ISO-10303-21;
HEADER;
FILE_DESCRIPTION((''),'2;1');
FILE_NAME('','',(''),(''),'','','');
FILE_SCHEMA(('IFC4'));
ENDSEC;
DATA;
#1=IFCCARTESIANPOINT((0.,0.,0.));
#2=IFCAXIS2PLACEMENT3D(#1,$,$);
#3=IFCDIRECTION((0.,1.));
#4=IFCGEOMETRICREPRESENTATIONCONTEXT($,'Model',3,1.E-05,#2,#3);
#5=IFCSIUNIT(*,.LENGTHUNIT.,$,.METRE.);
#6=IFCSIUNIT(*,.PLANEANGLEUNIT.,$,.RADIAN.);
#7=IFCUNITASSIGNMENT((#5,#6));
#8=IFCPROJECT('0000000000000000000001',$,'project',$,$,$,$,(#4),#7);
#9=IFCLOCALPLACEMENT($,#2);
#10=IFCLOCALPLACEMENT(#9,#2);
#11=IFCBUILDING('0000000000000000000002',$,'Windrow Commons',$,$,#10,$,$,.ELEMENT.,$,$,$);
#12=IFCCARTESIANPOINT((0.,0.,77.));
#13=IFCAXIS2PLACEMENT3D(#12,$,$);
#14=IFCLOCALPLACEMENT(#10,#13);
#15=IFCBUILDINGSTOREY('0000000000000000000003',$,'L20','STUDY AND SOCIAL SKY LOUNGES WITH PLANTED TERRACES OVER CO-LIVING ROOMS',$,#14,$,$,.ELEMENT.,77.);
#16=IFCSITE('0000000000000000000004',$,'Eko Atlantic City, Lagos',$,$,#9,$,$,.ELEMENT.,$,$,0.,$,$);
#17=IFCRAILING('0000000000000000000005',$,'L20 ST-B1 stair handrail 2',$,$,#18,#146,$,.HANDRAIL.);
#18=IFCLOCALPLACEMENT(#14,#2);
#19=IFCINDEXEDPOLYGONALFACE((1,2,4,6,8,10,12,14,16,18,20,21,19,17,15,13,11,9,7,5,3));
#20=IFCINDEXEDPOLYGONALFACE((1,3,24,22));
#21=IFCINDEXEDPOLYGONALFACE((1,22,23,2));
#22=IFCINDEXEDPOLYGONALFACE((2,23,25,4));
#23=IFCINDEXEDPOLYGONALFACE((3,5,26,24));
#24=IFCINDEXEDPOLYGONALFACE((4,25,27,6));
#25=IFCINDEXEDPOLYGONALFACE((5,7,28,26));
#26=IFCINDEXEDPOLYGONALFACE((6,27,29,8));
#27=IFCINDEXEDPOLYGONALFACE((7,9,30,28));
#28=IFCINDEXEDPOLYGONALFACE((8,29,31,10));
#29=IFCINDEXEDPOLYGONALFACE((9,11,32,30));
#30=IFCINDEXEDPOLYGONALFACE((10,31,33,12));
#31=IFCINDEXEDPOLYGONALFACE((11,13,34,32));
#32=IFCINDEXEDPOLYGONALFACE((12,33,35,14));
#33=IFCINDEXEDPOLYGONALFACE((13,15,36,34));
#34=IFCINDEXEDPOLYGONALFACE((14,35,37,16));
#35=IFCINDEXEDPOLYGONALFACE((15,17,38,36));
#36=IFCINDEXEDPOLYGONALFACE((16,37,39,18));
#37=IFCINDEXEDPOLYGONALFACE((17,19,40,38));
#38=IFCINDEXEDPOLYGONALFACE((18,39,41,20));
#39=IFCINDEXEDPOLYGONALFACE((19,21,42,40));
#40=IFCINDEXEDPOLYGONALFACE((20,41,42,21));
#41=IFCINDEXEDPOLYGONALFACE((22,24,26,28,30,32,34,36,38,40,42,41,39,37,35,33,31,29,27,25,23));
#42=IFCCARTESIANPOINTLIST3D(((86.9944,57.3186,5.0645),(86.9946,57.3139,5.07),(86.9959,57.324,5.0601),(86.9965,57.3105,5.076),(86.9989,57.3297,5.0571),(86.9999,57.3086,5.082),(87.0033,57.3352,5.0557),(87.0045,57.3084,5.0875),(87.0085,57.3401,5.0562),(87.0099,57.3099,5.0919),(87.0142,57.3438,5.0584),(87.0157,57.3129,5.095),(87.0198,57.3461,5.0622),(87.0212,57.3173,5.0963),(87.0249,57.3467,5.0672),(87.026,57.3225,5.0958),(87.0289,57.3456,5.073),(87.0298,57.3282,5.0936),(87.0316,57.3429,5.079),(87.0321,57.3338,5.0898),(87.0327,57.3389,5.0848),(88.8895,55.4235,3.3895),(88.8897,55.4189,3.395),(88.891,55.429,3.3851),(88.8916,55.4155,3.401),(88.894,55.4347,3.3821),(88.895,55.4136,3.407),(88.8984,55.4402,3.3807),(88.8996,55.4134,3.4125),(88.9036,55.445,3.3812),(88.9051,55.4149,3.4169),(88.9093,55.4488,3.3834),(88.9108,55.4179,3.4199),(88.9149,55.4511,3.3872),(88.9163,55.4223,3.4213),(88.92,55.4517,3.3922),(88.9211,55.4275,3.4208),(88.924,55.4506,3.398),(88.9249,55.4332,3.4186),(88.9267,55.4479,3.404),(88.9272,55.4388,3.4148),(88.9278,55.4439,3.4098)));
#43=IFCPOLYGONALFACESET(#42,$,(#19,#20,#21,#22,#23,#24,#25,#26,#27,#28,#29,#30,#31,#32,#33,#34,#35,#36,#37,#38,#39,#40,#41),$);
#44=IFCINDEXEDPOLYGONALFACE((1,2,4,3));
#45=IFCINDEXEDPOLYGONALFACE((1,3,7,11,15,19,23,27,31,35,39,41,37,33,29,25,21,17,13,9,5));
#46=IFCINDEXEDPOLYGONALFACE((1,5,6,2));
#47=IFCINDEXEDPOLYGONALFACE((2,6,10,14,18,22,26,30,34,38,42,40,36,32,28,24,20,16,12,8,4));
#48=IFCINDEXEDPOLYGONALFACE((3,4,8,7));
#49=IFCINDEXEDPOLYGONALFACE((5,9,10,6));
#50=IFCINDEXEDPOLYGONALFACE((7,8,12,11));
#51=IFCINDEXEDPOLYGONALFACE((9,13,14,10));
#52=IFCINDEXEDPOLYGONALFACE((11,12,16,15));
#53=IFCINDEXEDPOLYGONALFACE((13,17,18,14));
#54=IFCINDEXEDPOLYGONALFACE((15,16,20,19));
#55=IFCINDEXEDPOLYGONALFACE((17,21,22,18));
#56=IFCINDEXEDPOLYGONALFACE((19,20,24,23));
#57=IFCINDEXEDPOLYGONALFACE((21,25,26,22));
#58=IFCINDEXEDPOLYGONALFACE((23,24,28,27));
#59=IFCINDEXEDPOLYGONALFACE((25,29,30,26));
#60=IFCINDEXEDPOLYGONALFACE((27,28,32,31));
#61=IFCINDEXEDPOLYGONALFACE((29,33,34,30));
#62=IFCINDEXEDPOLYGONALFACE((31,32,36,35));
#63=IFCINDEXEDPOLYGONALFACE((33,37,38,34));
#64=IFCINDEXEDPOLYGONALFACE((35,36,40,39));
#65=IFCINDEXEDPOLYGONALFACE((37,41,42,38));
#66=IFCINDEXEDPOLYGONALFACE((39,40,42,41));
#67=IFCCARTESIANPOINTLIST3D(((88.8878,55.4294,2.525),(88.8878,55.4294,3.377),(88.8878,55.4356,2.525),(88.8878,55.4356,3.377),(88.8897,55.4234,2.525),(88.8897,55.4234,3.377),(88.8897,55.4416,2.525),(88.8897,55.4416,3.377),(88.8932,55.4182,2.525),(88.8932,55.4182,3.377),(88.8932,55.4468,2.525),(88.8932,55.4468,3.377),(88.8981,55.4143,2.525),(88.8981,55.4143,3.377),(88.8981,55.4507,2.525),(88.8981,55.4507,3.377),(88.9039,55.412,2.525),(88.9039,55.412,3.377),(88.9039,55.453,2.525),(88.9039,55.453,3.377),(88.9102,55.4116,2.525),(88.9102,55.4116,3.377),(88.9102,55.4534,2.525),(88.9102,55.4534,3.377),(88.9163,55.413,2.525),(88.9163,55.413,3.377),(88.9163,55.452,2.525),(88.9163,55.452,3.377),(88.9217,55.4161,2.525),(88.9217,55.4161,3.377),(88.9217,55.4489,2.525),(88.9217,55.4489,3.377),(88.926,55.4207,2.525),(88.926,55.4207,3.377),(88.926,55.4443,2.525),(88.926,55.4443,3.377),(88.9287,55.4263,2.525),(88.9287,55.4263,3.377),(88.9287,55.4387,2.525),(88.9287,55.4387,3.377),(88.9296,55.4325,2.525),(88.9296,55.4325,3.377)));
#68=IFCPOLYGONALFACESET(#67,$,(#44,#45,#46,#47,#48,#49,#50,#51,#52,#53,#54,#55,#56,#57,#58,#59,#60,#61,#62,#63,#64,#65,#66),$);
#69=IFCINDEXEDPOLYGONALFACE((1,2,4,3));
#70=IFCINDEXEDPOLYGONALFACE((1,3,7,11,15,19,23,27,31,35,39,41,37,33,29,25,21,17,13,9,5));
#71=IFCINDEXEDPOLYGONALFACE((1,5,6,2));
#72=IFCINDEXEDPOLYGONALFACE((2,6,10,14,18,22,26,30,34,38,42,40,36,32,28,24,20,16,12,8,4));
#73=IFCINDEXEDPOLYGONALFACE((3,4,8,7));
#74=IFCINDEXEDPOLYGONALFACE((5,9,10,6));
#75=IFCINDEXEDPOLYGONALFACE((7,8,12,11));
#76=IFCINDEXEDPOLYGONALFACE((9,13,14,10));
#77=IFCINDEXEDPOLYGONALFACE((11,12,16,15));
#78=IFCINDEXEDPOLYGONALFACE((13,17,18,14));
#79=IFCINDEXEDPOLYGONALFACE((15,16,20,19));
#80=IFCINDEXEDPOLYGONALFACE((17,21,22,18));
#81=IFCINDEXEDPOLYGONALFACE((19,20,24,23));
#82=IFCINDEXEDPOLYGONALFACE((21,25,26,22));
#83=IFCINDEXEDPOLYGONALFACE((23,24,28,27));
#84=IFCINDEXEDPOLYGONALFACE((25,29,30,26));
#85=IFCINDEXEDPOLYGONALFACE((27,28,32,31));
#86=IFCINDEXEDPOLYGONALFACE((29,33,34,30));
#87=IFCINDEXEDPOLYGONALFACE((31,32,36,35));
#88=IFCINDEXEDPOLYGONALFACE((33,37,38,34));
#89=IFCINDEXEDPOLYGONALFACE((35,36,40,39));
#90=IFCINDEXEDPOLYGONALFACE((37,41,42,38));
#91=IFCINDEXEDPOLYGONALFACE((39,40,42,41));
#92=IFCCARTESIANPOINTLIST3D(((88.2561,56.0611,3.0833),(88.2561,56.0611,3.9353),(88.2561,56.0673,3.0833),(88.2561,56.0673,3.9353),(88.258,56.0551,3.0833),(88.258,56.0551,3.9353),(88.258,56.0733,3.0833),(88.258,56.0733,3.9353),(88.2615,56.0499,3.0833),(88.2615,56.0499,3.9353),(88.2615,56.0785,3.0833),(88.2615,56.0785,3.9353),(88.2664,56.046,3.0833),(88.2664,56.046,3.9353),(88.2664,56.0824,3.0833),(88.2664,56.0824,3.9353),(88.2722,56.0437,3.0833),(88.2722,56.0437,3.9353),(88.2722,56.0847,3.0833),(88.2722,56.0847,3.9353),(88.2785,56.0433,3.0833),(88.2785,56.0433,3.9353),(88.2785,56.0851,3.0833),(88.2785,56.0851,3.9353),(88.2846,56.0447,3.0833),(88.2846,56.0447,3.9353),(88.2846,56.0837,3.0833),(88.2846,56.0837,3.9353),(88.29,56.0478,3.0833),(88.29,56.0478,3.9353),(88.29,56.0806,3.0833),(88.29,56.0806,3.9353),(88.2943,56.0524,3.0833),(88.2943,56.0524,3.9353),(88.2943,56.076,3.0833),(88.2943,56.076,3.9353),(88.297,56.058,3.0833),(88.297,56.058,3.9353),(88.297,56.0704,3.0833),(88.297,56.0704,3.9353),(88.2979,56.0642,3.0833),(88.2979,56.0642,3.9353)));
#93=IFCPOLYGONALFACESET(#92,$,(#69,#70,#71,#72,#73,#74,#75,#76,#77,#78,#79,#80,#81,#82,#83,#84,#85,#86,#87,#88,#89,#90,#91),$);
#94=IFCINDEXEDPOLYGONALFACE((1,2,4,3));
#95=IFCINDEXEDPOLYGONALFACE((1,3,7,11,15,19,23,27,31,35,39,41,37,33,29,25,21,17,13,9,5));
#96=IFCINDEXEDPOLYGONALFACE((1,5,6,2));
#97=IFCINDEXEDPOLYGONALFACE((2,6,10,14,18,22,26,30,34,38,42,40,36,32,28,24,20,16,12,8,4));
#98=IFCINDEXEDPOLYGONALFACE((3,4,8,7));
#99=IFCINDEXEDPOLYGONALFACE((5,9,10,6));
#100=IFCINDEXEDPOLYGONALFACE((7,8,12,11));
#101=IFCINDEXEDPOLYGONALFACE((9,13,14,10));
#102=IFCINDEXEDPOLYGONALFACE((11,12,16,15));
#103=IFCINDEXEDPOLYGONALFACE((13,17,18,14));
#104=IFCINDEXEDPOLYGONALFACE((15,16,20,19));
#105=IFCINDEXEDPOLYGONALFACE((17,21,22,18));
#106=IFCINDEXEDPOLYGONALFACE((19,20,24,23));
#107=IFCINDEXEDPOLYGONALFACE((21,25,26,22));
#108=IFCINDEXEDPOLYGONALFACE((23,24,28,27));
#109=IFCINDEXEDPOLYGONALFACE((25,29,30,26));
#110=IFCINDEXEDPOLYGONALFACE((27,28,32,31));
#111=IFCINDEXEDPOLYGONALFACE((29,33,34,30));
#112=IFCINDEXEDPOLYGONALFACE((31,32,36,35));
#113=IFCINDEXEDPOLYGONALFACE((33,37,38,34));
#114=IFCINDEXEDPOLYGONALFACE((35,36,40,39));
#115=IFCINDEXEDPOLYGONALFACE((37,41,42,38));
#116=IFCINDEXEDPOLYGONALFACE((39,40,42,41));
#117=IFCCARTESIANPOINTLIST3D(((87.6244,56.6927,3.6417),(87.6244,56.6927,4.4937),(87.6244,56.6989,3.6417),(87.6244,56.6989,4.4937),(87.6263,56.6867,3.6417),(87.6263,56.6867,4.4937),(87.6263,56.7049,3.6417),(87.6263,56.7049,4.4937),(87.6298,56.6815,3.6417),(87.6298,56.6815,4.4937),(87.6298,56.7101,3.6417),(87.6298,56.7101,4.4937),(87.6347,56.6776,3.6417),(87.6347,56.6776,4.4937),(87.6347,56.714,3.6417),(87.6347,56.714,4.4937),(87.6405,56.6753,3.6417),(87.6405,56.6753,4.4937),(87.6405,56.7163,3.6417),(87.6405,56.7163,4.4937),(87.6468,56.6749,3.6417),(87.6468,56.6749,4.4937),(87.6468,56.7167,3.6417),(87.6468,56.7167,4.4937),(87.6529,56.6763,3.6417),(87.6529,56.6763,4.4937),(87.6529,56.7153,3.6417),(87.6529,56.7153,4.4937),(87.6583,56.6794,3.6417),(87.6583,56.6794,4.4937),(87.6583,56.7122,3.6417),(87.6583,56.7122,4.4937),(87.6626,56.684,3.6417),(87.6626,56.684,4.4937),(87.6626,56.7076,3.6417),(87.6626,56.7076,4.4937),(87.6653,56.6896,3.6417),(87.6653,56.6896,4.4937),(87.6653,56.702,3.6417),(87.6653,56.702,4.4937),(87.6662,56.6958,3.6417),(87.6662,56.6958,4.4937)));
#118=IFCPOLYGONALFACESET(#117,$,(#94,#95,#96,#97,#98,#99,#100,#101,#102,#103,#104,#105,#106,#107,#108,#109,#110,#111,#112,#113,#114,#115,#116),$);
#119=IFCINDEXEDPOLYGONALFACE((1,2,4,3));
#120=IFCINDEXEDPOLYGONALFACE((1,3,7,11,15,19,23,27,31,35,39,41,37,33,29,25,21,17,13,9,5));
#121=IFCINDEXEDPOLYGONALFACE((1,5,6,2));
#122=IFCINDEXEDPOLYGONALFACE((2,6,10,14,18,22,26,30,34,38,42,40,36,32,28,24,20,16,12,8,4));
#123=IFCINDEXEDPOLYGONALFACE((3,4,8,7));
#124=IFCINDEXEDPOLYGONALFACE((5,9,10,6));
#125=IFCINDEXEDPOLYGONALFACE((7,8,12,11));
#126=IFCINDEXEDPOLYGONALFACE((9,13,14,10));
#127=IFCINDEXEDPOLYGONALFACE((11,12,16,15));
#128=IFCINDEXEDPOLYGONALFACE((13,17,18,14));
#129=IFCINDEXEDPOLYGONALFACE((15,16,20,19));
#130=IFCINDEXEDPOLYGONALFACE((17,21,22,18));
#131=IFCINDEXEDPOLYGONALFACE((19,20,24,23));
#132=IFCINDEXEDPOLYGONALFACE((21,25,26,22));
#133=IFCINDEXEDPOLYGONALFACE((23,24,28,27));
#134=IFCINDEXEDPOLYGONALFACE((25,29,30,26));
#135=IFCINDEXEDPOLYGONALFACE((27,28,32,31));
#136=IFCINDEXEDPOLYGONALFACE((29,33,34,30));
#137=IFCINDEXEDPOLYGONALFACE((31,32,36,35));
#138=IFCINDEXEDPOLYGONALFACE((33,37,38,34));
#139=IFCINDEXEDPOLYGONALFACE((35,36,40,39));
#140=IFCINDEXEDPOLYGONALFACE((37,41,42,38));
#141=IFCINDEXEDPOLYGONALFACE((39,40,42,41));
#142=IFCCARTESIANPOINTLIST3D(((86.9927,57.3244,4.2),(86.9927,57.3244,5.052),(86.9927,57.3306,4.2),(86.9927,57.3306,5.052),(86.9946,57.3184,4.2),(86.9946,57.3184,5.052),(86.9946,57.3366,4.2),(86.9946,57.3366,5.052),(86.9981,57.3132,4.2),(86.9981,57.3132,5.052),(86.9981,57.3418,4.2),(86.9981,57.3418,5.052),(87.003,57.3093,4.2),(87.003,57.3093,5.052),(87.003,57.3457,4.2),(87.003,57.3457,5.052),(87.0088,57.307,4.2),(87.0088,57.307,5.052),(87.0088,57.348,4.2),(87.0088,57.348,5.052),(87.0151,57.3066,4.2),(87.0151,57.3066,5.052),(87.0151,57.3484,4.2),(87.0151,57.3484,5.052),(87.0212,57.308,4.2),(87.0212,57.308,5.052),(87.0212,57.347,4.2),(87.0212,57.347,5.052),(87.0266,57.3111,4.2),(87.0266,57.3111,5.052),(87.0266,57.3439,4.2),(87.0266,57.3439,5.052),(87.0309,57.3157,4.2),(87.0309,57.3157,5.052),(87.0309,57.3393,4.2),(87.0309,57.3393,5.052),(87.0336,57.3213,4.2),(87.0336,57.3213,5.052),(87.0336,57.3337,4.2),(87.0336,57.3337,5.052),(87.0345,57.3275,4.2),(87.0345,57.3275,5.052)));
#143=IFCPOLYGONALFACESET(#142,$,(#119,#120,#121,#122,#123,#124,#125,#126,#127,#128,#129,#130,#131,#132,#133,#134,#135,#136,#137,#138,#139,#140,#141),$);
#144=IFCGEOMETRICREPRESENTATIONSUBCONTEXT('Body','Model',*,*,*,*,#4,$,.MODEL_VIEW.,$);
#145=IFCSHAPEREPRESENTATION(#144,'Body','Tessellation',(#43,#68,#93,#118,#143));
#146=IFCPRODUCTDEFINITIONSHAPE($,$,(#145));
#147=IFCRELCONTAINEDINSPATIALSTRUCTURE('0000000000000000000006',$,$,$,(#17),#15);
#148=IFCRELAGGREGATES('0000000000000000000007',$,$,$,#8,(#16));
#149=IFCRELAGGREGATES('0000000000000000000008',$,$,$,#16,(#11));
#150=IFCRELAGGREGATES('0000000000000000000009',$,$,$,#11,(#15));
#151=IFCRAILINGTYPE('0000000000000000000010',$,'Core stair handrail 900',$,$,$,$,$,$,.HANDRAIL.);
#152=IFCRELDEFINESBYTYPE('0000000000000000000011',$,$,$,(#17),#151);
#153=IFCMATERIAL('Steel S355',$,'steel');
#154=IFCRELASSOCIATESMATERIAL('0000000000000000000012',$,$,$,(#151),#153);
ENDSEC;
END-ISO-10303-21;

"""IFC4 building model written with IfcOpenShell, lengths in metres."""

from ifc_helpers import new_model, si_unit, direction, frame, origin, origin_2d, place, context, subcontext, project, spatial, circle, extrude, material, type_object, element, save


model = new_model("IFC4")

# Units and contexts
model_context = context("Model", 3, precision=1e-05, world=origin(), true_north=direction((0.0, 1.0)))
body_context = subcontext(model_context, "Body", "Model", "MODEL_VIEW")
ifc_project = project(units=[si_unit("LENGTHUNIT", "METRE"), si_unit("PLANEANGLEUNIT", "RADIAN")], contexts=[model_context])

# Site, building, storey
site_placement = place(None, origin())
site = spatial("IfcSite", under=ifc_project, at=site_placement, Name="Eko Atlantic City, Lagos", CompositionType="ELEMENT", RefElevation=0.0)
building_placement = place(site_placement, origin())
building = spatial("IfcBuilding", under=site, at=building_placement, Name="Windrow Commons", CompositionType="ELEMENT")
storey_placement = place(building_placement, frame((0.0, 0.0, 77.0)))
storey = spatial("IfcBuildingStorey", under=building, at=storey_placement, Name="L20", Description="STUDY AND SOCIAL SKY LOUNGES WITH PLANTED TERRACES OVER CO-LIVING ROOMS", CompositionType="ELEMENT", Elevation=77.0)

# Railing
ifc_material_1 = material(Name="Steel S355", Category="steel")
railing_type_1 = type_object("IfcRailingType", Name="Core stair handrail 900", PredefinedType="HANDRAIL", material=ifc_material_1)
railing_1_placement = place(storey_placement, frame((88.9086, 55.4325, 2.525)))
element("IfcRailing", 1, at=railing_1_placement, inside=storey, type_object=railing_type_1, Name="L20 ST-B1 stair handrail 2", PredefinedType="HANDRAIL", context=body_context, shape_type="SweptSolid", body=[
    extrude(circle(Radius=0.024, at=origin_2d()), frame((0.0, 0.0, 0.876), z_axis=(-0.599642, 0.59961, 0.529998), x_axis=(-0.707088, -0.707125, 0.0)), (0.0, 0.0, 1.0), 3.1604),
    extrude(circle(Radius=0.021, at=origin_2d()), origin(), (0.0, 0.0, 1.0), 0.852),
    extrude(circle(Radius=0.021, at=origin_2d()), frame((-0.6317, 0.6317, 0.5583)), (0.0, 0.0, 1.0), 0.852),
    extrude(circle(Radius=0.021, at=origin_2d()), frame((-1.2634, 1.2633, 1.1167)), (0.0, 0.0, 1.0), 0.852),
    extrude(circle(Radius=0.021, at=origin_2d()), frame((-1.8951, 1.895, 1.675)), (0.0, 0.0, 1.0), 0.852),
])

save(model, "model.ifc")
